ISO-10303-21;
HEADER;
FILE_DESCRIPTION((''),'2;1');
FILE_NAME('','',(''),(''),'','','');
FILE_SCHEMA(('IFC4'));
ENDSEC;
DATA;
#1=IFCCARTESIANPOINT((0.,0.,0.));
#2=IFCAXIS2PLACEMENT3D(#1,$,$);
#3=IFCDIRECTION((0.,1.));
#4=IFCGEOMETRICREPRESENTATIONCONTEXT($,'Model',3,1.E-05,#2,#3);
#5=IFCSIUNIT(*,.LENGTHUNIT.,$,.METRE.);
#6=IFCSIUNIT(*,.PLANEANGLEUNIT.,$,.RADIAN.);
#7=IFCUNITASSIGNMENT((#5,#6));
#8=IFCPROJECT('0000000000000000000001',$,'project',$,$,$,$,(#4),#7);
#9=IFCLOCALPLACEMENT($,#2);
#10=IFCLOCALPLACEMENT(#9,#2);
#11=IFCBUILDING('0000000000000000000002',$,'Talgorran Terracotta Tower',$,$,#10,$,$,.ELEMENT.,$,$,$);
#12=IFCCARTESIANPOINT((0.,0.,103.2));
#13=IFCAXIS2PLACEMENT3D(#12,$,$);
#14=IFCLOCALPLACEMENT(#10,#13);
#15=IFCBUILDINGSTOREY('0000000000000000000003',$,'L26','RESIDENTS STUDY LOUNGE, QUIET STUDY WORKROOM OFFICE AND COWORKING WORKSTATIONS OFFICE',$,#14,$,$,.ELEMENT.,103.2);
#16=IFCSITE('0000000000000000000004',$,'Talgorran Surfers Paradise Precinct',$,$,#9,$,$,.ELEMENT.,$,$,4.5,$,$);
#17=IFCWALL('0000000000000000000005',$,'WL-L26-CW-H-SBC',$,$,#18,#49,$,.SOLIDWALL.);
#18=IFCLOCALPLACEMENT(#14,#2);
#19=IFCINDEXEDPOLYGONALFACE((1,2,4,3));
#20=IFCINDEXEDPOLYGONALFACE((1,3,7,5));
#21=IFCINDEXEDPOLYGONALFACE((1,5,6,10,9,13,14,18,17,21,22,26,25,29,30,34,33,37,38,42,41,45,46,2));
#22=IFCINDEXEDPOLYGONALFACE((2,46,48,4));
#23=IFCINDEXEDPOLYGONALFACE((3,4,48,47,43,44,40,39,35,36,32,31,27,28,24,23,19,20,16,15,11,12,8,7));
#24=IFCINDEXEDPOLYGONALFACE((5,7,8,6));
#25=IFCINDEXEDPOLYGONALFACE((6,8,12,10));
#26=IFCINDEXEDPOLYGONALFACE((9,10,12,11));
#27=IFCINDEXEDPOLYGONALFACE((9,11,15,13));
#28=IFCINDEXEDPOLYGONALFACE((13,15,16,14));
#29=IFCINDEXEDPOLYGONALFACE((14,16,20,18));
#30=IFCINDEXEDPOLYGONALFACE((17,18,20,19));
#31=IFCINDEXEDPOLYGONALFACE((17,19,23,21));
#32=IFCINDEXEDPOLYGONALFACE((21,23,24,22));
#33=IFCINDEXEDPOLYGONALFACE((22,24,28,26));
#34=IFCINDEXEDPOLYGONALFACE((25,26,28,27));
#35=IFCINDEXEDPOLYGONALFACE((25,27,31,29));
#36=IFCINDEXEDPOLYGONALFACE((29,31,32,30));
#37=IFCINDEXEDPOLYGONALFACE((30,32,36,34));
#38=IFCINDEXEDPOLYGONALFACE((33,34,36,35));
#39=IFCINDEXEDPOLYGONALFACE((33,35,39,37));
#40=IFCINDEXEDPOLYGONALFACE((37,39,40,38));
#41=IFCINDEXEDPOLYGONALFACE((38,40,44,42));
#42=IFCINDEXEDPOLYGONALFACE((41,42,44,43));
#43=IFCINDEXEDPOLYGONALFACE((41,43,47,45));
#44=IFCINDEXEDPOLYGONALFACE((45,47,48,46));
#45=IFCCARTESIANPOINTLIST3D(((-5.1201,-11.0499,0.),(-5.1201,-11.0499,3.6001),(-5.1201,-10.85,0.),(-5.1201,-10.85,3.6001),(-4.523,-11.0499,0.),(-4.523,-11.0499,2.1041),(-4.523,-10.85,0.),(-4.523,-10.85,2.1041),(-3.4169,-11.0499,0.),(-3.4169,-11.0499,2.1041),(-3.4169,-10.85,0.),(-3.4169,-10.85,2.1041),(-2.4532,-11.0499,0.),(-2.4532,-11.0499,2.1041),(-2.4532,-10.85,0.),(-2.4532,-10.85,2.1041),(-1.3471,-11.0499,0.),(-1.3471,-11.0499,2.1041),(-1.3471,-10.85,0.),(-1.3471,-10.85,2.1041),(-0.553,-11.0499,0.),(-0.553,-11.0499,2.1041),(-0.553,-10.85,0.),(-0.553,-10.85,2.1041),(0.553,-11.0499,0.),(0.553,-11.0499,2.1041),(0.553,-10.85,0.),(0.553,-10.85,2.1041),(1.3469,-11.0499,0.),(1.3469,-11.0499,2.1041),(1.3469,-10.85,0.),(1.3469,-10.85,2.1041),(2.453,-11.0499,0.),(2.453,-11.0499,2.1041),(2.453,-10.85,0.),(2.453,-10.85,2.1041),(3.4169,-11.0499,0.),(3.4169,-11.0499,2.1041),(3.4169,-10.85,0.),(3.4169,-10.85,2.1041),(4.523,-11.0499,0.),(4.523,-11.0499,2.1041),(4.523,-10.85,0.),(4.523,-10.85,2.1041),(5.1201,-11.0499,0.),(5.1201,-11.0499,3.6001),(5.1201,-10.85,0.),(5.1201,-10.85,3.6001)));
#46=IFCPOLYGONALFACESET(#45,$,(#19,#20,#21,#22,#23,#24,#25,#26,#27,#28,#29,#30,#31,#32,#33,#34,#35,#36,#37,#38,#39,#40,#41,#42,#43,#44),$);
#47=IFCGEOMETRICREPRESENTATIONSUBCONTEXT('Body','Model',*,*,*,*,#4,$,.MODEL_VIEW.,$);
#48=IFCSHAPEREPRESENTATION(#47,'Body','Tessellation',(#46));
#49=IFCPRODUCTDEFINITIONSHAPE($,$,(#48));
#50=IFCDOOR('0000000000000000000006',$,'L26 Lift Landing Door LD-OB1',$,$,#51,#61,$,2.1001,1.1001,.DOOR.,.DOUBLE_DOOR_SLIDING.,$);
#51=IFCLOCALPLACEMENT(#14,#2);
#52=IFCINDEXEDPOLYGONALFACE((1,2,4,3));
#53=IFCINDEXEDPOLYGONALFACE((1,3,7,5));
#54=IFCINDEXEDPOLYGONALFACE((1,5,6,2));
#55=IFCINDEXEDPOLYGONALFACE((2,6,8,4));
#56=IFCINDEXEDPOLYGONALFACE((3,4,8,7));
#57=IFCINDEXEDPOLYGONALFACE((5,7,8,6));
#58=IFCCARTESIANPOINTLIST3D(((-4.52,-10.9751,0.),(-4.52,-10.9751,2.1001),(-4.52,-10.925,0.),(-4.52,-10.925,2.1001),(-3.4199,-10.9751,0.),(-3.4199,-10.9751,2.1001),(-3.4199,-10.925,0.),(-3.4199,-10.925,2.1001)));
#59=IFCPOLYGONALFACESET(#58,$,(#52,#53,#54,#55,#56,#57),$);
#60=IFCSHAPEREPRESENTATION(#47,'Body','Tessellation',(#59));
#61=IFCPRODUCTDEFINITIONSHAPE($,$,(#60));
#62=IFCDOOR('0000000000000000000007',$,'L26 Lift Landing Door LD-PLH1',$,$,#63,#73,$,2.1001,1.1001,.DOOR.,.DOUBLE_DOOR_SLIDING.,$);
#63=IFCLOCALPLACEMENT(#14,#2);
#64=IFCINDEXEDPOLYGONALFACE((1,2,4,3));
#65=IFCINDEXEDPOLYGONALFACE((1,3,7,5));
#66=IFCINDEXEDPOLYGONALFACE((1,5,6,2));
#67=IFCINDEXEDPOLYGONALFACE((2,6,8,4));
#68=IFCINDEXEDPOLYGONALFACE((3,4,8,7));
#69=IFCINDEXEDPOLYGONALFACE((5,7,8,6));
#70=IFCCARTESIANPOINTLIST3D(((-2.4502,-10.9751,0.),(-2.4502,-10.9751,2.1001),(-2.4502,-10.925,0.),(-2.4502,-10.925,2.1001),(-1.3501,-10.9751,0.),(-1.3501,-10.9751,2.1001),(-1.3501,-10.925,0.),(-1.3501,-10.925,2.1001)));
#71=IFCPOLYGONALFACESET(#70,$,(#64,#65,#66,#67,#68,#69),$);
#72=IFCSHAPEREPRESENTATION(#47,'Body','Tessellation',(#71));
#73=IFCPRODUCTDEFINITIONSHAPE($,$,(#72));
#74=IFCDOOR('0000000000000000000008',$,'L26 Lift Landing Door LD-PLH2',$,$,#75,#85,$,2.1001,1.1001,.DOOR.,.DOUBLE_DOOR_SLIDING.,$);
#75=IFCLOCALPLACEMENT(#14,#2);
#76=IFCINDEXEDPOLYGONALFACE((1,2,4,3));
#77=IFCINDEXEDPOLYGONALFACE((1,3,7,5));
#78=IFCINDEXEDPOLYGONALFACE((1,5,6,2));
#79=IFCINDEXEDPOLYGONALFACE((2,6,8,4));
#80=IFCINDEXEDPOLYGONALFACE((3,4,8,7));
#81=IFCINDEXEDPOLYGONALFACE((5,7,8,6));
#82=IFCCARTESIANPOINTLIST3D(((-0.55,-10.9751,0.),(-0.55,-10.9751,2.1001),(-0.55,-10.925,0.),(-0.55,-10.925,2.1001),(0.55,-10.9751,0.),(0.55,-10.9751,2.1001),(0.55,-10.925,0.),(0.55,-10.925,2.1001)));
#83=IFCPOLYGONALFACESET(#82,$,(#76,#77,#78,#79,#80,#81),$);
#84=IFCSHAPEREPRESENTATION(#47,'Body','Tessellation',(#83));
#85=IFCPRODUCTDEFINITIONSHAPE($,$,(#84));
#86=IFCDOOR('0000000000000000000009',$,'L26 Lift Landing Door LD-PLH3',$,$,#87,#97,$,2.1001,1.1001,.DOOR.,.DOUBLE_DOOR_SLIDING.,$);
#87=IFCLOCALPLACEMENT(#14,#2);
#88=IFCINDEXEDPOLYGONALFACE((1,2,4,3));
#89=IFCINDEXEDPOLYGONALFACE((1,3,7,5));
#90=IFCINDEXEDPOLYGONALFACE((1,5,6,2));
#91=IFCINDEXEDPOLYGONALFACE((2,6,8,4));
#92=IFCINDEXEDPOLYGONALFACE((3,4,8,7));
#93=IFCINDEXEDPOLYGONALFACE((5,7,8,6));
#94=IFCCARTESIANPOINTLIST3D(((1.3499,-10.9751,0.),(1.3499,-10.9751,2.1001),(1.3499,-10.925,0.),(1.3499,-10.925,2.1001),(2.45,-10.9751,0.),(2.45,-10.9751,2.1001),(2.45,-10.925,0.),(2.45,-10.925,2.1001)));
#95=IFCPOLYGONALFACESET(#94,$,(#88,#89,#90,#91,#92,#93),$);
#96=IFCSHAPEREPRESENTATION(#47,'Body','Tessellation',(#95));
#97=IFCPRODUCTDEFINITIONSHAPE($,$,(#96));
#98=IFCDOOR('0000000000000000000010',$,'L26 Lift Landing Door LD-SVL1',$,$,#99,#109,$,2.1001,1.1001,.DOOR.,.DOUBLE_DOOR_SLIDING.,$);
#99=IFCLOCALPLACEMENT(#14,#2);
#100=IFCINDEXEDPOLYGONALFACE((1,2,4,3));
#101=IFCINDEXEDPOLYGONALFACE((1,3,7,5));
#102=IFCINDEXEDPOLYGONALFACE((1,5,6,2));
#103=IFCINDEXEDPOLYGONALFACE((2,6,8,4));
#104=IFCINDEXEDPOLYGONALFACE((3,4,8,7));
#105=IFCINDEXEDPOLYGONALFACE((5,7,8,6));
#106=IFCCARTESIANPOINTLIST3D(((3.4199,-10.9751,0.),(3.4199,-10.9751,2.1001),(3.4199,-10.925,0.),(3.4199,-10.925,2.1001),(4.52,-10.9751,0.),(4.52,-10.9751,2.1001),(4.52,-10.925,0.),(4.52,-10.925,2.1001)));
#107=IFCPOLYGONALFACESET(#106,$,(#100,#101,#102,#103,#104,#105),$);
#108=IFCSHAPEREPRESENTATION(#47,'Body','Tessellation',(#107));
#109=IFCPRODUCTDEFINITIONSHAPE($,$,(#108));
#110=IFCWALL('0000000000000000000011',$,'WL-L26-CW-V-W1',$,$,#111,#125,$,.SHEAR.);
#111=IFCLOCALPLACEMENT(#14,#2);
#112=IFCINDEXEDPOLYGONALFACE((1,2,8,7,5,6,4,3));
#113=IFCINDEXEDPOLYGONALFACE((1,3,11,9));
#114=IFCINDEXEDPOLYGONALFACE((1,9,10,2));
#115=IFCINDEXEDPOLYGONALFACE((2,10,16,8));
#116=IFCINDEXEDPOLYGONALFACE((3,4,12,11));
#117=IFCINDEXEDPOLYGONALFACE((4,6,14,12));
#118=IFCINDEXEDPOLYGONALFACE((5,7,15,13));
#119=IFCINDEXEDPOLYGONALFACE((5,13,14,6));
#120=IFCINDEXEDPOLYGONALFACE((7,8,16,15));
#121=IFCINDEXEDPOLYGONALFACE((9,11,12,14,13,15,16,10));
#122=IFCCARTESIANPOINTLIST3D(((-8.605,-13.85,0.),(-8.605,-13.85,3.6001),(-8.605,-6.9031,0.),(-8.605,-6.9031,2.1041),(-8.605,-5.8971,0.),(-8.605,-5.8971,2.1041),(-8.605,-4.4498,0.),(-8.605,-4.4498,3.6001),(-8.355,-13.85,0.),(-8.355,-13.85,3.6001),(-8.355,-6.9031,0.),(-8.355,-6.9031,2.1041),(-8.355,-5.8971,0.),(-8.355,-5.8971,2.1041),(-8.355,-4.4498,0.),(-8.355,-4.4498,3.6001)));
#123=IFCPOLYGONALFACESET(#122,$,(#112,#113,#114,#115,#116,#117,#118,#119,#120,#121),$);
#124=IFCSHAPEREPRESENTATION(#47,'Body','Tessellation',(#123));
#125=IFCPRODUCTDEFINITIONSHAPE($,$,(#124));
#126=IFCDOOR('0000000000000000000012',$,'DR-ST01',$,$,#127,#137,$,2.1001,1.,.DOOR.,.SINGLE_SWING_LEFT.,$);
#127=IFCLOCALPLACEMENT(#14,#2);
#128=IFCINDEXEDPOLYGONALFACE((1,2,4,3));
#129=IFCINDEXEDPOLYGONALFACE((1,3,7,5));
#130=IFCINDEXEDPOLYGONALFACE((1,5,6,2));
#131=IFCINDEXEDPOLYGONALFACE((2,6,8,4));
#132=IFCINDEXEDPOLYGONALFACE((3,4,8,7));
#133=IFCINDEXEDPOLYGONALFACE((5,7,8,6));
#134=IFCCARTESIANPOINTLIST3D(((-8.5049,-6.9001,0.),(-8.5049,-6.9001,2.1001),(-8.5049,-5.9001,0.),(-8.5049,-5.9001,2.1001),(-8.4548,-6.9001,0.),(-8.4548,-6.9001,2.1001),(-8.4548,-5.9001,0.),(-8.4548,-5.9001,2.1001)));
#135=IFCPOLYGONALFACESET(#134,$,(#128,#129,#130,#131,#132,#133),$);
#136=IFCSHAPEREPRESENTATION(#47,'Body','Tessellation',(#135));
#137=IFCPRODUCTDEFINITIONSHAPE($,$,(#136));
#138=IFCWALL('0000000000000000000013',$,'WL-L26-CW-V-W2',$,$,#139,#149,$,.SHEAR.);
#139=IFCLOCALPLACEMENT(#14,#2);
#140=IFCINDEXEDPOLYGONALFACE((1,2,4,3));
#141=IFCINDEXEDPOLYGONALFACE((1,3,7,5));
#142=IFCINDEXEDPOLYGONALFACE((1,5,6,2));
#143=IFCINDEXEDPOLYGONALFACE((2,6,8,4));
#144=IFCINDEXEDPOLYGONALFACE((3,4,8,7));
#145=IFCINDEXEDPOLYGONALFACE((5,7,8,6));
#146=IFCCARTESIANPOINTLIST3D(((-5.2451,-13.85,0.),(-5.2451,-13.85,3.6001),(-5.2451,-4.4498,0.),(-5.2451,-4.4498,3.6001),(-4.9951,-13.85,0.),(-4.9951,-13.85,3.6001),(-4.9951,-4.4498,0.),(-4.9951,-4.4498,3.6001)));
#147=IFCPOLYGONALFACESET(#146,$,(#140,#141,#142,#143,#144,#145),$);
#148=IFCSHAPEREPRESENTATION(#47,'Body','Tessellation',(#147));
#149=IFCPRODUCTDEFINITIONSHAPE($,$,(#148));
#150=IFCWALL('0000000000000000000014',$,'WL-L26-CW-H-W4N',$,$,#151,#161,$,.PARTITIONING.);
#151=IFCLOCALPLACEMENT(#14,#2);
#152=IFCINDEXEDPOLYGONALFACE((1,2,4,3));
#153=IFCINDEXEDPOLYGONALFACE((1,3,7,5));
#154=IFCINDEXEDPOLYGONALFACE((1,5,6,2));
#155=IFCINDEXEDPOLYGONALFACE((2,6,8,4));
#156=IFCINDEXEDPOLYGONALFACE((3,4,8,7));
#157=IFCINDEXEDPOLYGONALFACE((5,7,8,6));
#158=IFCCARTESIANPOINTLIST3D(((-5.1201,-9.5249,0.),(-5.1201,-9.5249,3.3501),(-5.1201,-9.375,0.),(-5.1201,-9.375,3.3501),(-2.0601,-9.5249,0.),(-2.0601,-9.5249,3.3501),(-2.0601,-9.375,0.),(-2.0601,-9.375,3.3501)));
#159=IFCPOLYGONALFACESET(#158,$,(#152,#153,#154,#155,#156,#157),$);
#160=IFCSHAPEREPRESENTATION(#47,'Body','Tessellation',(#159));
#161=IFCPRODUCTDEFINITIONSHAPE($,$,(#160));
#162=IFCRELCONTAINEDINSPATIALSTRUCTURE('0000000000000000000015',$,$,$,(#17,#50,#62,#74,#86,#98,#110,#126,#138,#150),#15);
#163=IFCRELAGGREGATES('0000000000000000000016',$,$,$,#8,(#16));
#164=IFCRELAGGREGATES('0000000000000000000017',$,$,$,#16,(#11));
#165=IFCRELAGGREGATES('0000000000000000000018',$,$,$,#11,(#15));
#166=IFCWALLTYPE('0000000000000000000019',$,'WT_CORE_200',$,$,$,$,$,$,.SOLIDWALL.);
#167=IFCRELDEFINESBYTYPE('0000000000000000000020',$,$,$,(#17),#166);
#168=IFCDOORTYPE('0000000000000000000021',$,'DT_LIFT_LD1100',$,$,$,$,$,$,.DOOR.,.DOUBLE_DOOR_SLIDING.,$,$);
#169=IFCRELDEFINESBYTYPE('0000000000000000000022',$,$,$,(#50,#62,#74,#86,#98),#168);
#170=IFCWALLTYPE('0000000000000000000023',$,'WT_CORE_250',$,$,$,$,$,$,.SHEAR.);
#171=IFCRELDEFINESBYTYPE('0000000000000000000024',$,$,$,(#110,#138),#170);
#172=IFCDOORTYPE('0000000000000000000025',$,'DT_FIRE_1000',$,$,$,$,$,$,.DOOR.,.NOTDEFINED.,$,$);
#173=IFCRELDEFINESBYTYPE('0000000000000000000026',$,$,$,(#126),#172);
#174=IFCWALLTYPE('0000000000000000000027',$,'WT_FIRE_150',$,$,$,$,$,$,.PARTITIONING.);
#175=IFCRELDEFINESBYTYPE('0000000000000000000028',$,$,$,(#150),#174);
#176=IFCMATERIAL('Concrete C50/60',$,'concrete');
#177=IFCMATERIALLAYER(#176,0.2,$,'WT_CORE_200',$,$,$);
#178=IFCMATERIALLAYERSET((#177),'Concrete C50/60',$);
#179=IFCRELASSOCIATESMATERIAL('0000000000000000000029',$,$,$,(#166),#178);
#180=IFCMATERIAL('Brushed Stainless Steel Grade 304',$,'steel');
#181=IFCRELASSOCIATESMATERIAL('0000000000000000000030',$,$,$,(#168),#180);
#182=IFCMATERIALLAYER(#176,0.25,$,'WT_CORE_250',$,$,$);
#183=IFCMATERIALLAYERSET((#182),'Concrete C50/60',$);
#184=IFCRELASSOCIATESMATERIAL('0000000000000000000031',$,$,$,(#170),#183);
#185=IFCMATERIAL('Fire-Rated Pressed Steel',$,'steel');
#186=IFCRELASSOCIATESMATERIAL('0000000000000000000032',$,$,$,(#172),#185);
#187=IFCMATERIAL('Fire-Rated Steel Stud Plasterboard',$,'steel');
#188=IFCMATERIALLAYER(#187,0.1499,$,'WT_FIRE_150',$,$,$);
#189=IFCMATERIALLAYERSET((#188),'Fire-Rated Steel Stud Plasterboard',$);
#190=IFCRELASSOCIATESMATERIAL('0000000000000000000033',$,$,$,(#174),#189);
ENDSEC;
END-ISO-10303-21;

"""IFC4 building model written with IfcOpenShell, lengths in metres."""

from ifc_helpers import new_model, si_unit, direction, frame, frame_2d, origin, place, context, subcontext, project, spatial, rectangle, extrude, material, layer, layer_set, type_object, element, fill, save


model = new_model("IFC4")

# Units and contexts
model_context = context("Model", 3, precision=1e-05, world=origin(), true_north=direction((0.0, 1.0)))
body_context = subcontext(model_context, "Body", "Model", "MODEL_VIEW")
ifc_project = project(units=[si_unit("LENGTHUNIT", "METRE"), si_unit("PLANEANGLEUNIT", "RADIAN")], contexts=[model_context])

# Site, building, storey
site_placement = place(None, origin())
site = spatial("IfcSite", under=ifc_project, at=site_placement, Name="Talgorran Surfers Paradise Precinct", CompositionType="ELEMENT", RefElevation=4.5)
building_placement = place(site_placement, origin())
building = spatial("IfcBuilding", under=site, at=building_placement, Name="Talgorran Terracotta Tower", CompositionType="ELEMENT")
storey_placement = place(building_placement, frame((0.0, 0.0, 103.2)))
storey = spatial("IfcBuildingStorey", under=building, at=storey_placement, Name="L26", Description="RESIDENTS STUDY LOUNGE, QUIET STUDY WORKROOM OFFICE AND COWORKING WORKSTATIONS OFFICE", CompositionType="ELEMENT", Elevation=103.2)

# Wall, openings, doors
ifc_material_1 = material(Name="Concrete C50/60", Category="concrete")
ifc_layer_1 = layer(ifc_material_1, 0.2, Name="WT_CORE_200")
ifc_layer_set_1 = layer_set([ifc_layer_1], Name="Concrete C50/60")
wall_type_1 = type_object("IfcWallType", Name="WT_CORE_200", PredefinedType="SOLIDWALL", material=ifc_layer_set_1)
ifc_material_2 = material(Name="Brushed Stainless Steel Grade 304", Category="steel")
door_type_1 = type_object("IfcDoorType", Name="DT_LIFT_LD1100", OperationType="DOUBLE_DOOR_SLIDING", PredefinedType="DOOR", material=ifc_material_2)
ifc_material_3 = material(Name="Fire-Rated Pressed Steel", Category="steel")
wall_1_placement = place(storey_placement, frame((-5.1201, -10.95, 0.0), z_axis=(0.0, 0.0, 1.0), x_axis=(1.0, 0.0, 0.0)))
wall_1 = element("IfcWall", 1, at=wall_1_placement, inside=storey, type_object=wall_type_1, Name="WL-L26-CW-H-SBC", PredefinedType="SOLIDWALL", context=body_context, shape_type="SweptSolid", body=[
    extrude(rectangle(XDim=10.2402, YDim=0.2, at=frame_2d((5.1201, 0.0))), origin(), (0.0, 0.0, 1.0), 3.6001),
])
opening_1_placement = place(wall_1_placement, frame((0.6001, 0.0, 0.0)))
opening_1 = element("IfcOpeningElement", 2, at=opening_1_placement, cuts=wall_1, PredefinedType="OPENING", context=body_context, shape_type="SweptSolid", body=[
    extrude(rectangle(XDim=1.1061, YDim=2.1041, at=frame_2d((0.55, 1.052))), frame((0.0, 0.1099, 0.0), z_axis=(0.0, -1.0, 0.0), x_axis=(1.0, 0.0, 0.0)), (0.0, 0.0, 1.0), 0.22),
])
opening_2_placement = place(wall_1_placement, frame((2.6699, 0.0, 0.0)))
opening_2 = element("IfcOpeningElement", 3, at=opening_2_placement, cuts=wall_1, PredefinedType="OPENING", context=body_context, shape_type="SweptSolid", body=[
    extrude(rectangle(XDim=1.1061, YDim=2.1041, at=frame_2d((0.55, 1.052))), frame((0.0, 0.1099, 0.0), z_axis=(0.0, -1.0, 0.0), x_axis=(1.0, 0.0, 0.0)), (0.0, 0.0, 1.0), 0.22),
])
opening_3_placement = place(wall_1_placement, frame((4.5701, 0.0, 0.0)))
opening_3 = element("IfcOpeningElement", 4, at=opening_3_placement, cuts=wall_1, PredefinedType="OPENING", context=body_context, shape_type="SweptSolid", body=[
    extrude(rectangle(XDim=1.1061, YDim=2.1041, at=frame_2d((0.55, 1.052))), frame((0.0, 0.1099, 0.0), z_axis=(0.0, -1.0, 0.0), x_axis=(1.0, 0.0, 0.0)), (0.0, 0.0, 1.0), 0.22),
])
opening_4_placement = place(wall_1_placement, frame((6.47, 0.0, 0.0)))
opening_4 = element("IfcOpeningElement", 5, at=opening_4_placement, cuts=wall_1, PredefinedType="OPENING", context=body_context, shape_type="SweptSolid", body=[
    extrude(rectangle(XDim=1.1061, YDim=2.1041, at=frame_2d((0.55, 1.052))), frame((0.0, 0.1099, 0.0), z_axis=(0.0, -1.0, 0.0), x_axis=(1.0, 0.0, 0.0)), (0.0, 0.0, 1.0), 0.22),
])
opening_5_placement = place(wall_1_placement, frame((8.54, 0.0, 0.0)))
opening_5 = element("IfcOpeningElement", 6, at=opening_5_placement, cuts=wall_1, PredefinedType="OPENING", context=body_context, shape_type="SweptSolid", body=[
    extrude(rectangle(XDim=1.1061, YDim=2.1041, at=frame_2d((0.55, 1.052))), frame((0.0, 0.1099, 0.0), z_axis=(0.0, -1.0, 0.0), x_axis=(1.0, 0.0, 0.0)), (0.0, 0.0, 1.0), 0.22),
])
door_1_placement = place(opening_1_placement, origin())
door_1 = element("IfcDoor", 7, at=door_1_placement, inside=storey, type_object=door_type_1, Name="L26 Lift Landing Door LD-OB1", OperationType="DOUBLE_DOOR_SLIDING", OverallHeight=2.1001, OverallWidth=1.1001, PredefinedType="DOOR", context=body_context, shape_type="SweptSolid", body=[
    extrude(rectangle(XDim=1.1001, YDim=2.1001, at=frame_2d((0.55, 1.05))), frame((0.0, 0.0249, 0.0), z_axis=(0.0, -1.0, 0.0), x_axis=(1.0, 0.0, 0.0)), (0.0, 0.0, 1.0), 0.05),
])
fill(opening_1, door_1)
door_2_placement = place(opening_2_placement, origin())
door_2 = element("IfcDoor", 8, at=door_2_placement, inside=storey, type_object=door_type_1, Name="L26 Lift Landing Door LD-PLH1", OperationType="DOUBLE_DOOR_SLIDING", OverallHeight=2.1001, OverallWidth=1.1001, PredefinedType="DOOR", context=body_context, shape_type="SweptSolid", body=[
    extrude(rectangle(XDim=1.1001, YDim=2.1001, at=frame_2d((0.55, 1.05))), frame((0.0, 0.0249, 0.0), z_axis=(0.0, -1.0, 0.0), x_axis=(1.0, 0.0, 0.0)), (0.0, 0.0, 1.0), 0.05),
])
fill(opening_2, door_2)
door_3_placement = place(opening_3_placement, origin())
door_3 = element("IfcDoor", 9, at=door_3_placement, inside=storey, type_object=door_type_1, Name="L26 Lift Landing Door LD-PLH2", OperationType="DOUBLE_DOOR_SLIDING", OverallHeight=2.1001, OverallWidth=1.1001, PredefinedType="DOOR", context=body_context, shape_type="SweptSolid", body=[
    extrude(rectangle(XDim=1.1001, YDim=2.1001, at=frame_2d((0.55, 1.05))), frame((0.0, 0.0249, 0.0), z_axis=(0.0, -1.0, 0.0), x_axis=(1.0, 0.0, 0.0)), (0.0, 0.0, 1.0), 0.05),
])
fill(opening_3, door_3)
door_4_placement = place(opening_4_placement, origin())
door_4 = element("IfcDoor", 10, at=door_4_placement, inside=storey, type_object=door_type_1, Name="L26 Lift Landing Door LD-PLH3", OperationType="DOUBLE_DOOR_SLIDING", OverallHeight=2.1001, OverallWidth=1.1001, PredefinedType="DOOR", context=body_context, shape_type="SweptSolid", body=[
    extrude(rectangle(XDim=1.1001, YDim=2.1001, at=frame_2d((0.55, 1.05))), frame((0.0, 0.0249, 0.0), z_axis=(0.0, -1.0, 0.0), x_axis=(1.0, 0.0, 0.0)), (0.0, 0.0, 1.0), 0.05),
])
fill(opening_4, door_4)
door_5_placement = place(opening_5_placement, origin())
door_5 = element("IfcDoor", 11, at=door_5_placement, inside=storey, type_object=door_type_1, Name="L26 Lift Landing Door LD-SVL1", OperationType="DOUBLE_DOOR_SLIDING", OverallHeight=2.1001, OverallWidth=1.1001, PredefinedType="DOOR", context=body_context, shape_type="SweptSolid", body=[
    extrude(rectangle(XDim=1.1001, YDim=2.1001, at=frame_2d((0.55, 1.05))), frame((0.0, 0.0249, 0.0), z_axis=(0.0, -1.0, 0.0), x_axis=(1.0, 0.0, 0.0)), (0.0, 0.0, 1.0), 0.05),
])
fill(opening_5, door_5)

# Wall, opening, door
ifc_layer_2 = layer(ifc_material_1, 0.25, Name="WT_CORE_250")
ifc_layer_set_2 = layer_set([ifc_layer_2], Name="Concrete C50/60")
wall_type_2 = type_object("IfcWallType", Name="WT_CORE_250", PredefinedType="SHEAR", material=ifc_layer_set_2)
wall_2_placement = place(storey_placement, frame((-8.48, -13.8501, 0.0), z_axis=(0.0, 0.0, 1.0), x_axis=(0.0, 1.0, 0.0)))
wall_2 = element("IfcWall", 12, at=wall_2_placement, inside=storey, type_object=wall_type_2, Name="WL-L26-CW-V-W1", PredefinedType="SHEAR", context=body_context, shape_type="SweptSolid", body=[
    extrude(rectangle(XDim=9.4001, YDim=0.25, at=frame_2d((4.7002, 0.0))), origin(), (0.0, 0.0, 1.0), 3.6001),
])
opening_6_placement = place(wall_2_placement, frame((6.95, 0.0, 0.0)))
opening_6 = element("IfcOpeningElement", 13, at=opening_6_placement, cuts=wall_2, PredefinedType="OPENING", context=body_context, shape_type="SweptSolid", body=[
    extrude(rectangle(XDim=1.006, YDim=2.1041, at=frame_2d((0.5, 1.052))), frame((0.0, 0.135, 0.0), z_axis=(0.0, -1.0, 0.0), x_axis=(1.0, 0.0, 0.0)), (0.0, 0.0, 1.0), 0.27),
])
door_type_2 = type_object("IfcDoorType", Name="DT_FIRE_1000", OperationType="NOTDEFINED", PredefinedType="DOOR", material=ifc_material_3)
door_6_placement = place(opening_6_placement, origin())
door_6 = element("IfcDoor", 14, at=door_6_placement, inside=storey, type_object=door_type_2, Name="DR-ST01", OperationType="SINGLE_SWING_LEFT", OverallHeight=2.1001, OverallWidth=1.0, PredefinedType="DOOR", context=body_context, shape_type="SweptSolid", body=[
    extrude(rectangle(XDim=1.0, YDim=2.1001, at=frame_2d((0.5, 1.05))), frame((0.0, 0.0249, 0.0), z_axis=(0.0, -1.0, 0.0), x_axis=(1.0, 0.0, 0.0)), (0.0, 0.0, 1.0), 0.05),
])
fill(opening_6, door_6)

# Walls
wall_3_placement = place(storey_placement, frame((-5.1201, -13.8501, 0.0), z_axis=(0.0, 0.0, 1.0), x_axis=(0.0, 1.0, 0.0)))
element("IfcWall", 15, at=wall_3_placement, inside=storey, type_object=wall_type_2, Name="WL-L26-CW-V-W2", PredefinedType="SHEAR", context=body_context, shape_type="SweptSolid", body=[
    extrude(rectangle(XDim=9.4001, YDim=0.25, at=frame_2d((4.7002, 0.0))), origin(), (0.0, 0.0, 1.0), 3.6001),
])
ifc_material_4 = material(Name="Fire-Rated Steel Stud Plasterboard", Category="steel")
ifc_layer_3 = layer(ifc_material_4, 0.1499, Name="WT_FIRE_150")
ifc_layer_set_3 = layer_set([ifc_layer_3], Name="Fire-Rated Steel Stud Plasterboard")
wall_type_3 = type_object("IfcWallType", Name="WT_FIRE_150", PredefinedType="PARTITIONING", material=ifc_layer_set_3)
wall_4_placement = place(storey_placement, frame((-5.1201, -9.45, 0.0), z_axis=(0.0, 0.0, 1.0), x_axis=(1.0, 0.0, 0.0)))
element("IfcWall", 16, at=wall_4_placement, inside=storey, type_object=wall_type_3, Name="WL-L26-CW-H-W4N", PredefinedType="PARTITIONING", context=body_context, shape_type="SweptSolid", body=[
    extrude(rectangle(XDim=3.0601, YDim=0.1499, at=frame_2d((1.53, 0.0))), origin(), (0.0, 0.0, 1.0), 3.3501),
])

save(model, "model.ifc")
